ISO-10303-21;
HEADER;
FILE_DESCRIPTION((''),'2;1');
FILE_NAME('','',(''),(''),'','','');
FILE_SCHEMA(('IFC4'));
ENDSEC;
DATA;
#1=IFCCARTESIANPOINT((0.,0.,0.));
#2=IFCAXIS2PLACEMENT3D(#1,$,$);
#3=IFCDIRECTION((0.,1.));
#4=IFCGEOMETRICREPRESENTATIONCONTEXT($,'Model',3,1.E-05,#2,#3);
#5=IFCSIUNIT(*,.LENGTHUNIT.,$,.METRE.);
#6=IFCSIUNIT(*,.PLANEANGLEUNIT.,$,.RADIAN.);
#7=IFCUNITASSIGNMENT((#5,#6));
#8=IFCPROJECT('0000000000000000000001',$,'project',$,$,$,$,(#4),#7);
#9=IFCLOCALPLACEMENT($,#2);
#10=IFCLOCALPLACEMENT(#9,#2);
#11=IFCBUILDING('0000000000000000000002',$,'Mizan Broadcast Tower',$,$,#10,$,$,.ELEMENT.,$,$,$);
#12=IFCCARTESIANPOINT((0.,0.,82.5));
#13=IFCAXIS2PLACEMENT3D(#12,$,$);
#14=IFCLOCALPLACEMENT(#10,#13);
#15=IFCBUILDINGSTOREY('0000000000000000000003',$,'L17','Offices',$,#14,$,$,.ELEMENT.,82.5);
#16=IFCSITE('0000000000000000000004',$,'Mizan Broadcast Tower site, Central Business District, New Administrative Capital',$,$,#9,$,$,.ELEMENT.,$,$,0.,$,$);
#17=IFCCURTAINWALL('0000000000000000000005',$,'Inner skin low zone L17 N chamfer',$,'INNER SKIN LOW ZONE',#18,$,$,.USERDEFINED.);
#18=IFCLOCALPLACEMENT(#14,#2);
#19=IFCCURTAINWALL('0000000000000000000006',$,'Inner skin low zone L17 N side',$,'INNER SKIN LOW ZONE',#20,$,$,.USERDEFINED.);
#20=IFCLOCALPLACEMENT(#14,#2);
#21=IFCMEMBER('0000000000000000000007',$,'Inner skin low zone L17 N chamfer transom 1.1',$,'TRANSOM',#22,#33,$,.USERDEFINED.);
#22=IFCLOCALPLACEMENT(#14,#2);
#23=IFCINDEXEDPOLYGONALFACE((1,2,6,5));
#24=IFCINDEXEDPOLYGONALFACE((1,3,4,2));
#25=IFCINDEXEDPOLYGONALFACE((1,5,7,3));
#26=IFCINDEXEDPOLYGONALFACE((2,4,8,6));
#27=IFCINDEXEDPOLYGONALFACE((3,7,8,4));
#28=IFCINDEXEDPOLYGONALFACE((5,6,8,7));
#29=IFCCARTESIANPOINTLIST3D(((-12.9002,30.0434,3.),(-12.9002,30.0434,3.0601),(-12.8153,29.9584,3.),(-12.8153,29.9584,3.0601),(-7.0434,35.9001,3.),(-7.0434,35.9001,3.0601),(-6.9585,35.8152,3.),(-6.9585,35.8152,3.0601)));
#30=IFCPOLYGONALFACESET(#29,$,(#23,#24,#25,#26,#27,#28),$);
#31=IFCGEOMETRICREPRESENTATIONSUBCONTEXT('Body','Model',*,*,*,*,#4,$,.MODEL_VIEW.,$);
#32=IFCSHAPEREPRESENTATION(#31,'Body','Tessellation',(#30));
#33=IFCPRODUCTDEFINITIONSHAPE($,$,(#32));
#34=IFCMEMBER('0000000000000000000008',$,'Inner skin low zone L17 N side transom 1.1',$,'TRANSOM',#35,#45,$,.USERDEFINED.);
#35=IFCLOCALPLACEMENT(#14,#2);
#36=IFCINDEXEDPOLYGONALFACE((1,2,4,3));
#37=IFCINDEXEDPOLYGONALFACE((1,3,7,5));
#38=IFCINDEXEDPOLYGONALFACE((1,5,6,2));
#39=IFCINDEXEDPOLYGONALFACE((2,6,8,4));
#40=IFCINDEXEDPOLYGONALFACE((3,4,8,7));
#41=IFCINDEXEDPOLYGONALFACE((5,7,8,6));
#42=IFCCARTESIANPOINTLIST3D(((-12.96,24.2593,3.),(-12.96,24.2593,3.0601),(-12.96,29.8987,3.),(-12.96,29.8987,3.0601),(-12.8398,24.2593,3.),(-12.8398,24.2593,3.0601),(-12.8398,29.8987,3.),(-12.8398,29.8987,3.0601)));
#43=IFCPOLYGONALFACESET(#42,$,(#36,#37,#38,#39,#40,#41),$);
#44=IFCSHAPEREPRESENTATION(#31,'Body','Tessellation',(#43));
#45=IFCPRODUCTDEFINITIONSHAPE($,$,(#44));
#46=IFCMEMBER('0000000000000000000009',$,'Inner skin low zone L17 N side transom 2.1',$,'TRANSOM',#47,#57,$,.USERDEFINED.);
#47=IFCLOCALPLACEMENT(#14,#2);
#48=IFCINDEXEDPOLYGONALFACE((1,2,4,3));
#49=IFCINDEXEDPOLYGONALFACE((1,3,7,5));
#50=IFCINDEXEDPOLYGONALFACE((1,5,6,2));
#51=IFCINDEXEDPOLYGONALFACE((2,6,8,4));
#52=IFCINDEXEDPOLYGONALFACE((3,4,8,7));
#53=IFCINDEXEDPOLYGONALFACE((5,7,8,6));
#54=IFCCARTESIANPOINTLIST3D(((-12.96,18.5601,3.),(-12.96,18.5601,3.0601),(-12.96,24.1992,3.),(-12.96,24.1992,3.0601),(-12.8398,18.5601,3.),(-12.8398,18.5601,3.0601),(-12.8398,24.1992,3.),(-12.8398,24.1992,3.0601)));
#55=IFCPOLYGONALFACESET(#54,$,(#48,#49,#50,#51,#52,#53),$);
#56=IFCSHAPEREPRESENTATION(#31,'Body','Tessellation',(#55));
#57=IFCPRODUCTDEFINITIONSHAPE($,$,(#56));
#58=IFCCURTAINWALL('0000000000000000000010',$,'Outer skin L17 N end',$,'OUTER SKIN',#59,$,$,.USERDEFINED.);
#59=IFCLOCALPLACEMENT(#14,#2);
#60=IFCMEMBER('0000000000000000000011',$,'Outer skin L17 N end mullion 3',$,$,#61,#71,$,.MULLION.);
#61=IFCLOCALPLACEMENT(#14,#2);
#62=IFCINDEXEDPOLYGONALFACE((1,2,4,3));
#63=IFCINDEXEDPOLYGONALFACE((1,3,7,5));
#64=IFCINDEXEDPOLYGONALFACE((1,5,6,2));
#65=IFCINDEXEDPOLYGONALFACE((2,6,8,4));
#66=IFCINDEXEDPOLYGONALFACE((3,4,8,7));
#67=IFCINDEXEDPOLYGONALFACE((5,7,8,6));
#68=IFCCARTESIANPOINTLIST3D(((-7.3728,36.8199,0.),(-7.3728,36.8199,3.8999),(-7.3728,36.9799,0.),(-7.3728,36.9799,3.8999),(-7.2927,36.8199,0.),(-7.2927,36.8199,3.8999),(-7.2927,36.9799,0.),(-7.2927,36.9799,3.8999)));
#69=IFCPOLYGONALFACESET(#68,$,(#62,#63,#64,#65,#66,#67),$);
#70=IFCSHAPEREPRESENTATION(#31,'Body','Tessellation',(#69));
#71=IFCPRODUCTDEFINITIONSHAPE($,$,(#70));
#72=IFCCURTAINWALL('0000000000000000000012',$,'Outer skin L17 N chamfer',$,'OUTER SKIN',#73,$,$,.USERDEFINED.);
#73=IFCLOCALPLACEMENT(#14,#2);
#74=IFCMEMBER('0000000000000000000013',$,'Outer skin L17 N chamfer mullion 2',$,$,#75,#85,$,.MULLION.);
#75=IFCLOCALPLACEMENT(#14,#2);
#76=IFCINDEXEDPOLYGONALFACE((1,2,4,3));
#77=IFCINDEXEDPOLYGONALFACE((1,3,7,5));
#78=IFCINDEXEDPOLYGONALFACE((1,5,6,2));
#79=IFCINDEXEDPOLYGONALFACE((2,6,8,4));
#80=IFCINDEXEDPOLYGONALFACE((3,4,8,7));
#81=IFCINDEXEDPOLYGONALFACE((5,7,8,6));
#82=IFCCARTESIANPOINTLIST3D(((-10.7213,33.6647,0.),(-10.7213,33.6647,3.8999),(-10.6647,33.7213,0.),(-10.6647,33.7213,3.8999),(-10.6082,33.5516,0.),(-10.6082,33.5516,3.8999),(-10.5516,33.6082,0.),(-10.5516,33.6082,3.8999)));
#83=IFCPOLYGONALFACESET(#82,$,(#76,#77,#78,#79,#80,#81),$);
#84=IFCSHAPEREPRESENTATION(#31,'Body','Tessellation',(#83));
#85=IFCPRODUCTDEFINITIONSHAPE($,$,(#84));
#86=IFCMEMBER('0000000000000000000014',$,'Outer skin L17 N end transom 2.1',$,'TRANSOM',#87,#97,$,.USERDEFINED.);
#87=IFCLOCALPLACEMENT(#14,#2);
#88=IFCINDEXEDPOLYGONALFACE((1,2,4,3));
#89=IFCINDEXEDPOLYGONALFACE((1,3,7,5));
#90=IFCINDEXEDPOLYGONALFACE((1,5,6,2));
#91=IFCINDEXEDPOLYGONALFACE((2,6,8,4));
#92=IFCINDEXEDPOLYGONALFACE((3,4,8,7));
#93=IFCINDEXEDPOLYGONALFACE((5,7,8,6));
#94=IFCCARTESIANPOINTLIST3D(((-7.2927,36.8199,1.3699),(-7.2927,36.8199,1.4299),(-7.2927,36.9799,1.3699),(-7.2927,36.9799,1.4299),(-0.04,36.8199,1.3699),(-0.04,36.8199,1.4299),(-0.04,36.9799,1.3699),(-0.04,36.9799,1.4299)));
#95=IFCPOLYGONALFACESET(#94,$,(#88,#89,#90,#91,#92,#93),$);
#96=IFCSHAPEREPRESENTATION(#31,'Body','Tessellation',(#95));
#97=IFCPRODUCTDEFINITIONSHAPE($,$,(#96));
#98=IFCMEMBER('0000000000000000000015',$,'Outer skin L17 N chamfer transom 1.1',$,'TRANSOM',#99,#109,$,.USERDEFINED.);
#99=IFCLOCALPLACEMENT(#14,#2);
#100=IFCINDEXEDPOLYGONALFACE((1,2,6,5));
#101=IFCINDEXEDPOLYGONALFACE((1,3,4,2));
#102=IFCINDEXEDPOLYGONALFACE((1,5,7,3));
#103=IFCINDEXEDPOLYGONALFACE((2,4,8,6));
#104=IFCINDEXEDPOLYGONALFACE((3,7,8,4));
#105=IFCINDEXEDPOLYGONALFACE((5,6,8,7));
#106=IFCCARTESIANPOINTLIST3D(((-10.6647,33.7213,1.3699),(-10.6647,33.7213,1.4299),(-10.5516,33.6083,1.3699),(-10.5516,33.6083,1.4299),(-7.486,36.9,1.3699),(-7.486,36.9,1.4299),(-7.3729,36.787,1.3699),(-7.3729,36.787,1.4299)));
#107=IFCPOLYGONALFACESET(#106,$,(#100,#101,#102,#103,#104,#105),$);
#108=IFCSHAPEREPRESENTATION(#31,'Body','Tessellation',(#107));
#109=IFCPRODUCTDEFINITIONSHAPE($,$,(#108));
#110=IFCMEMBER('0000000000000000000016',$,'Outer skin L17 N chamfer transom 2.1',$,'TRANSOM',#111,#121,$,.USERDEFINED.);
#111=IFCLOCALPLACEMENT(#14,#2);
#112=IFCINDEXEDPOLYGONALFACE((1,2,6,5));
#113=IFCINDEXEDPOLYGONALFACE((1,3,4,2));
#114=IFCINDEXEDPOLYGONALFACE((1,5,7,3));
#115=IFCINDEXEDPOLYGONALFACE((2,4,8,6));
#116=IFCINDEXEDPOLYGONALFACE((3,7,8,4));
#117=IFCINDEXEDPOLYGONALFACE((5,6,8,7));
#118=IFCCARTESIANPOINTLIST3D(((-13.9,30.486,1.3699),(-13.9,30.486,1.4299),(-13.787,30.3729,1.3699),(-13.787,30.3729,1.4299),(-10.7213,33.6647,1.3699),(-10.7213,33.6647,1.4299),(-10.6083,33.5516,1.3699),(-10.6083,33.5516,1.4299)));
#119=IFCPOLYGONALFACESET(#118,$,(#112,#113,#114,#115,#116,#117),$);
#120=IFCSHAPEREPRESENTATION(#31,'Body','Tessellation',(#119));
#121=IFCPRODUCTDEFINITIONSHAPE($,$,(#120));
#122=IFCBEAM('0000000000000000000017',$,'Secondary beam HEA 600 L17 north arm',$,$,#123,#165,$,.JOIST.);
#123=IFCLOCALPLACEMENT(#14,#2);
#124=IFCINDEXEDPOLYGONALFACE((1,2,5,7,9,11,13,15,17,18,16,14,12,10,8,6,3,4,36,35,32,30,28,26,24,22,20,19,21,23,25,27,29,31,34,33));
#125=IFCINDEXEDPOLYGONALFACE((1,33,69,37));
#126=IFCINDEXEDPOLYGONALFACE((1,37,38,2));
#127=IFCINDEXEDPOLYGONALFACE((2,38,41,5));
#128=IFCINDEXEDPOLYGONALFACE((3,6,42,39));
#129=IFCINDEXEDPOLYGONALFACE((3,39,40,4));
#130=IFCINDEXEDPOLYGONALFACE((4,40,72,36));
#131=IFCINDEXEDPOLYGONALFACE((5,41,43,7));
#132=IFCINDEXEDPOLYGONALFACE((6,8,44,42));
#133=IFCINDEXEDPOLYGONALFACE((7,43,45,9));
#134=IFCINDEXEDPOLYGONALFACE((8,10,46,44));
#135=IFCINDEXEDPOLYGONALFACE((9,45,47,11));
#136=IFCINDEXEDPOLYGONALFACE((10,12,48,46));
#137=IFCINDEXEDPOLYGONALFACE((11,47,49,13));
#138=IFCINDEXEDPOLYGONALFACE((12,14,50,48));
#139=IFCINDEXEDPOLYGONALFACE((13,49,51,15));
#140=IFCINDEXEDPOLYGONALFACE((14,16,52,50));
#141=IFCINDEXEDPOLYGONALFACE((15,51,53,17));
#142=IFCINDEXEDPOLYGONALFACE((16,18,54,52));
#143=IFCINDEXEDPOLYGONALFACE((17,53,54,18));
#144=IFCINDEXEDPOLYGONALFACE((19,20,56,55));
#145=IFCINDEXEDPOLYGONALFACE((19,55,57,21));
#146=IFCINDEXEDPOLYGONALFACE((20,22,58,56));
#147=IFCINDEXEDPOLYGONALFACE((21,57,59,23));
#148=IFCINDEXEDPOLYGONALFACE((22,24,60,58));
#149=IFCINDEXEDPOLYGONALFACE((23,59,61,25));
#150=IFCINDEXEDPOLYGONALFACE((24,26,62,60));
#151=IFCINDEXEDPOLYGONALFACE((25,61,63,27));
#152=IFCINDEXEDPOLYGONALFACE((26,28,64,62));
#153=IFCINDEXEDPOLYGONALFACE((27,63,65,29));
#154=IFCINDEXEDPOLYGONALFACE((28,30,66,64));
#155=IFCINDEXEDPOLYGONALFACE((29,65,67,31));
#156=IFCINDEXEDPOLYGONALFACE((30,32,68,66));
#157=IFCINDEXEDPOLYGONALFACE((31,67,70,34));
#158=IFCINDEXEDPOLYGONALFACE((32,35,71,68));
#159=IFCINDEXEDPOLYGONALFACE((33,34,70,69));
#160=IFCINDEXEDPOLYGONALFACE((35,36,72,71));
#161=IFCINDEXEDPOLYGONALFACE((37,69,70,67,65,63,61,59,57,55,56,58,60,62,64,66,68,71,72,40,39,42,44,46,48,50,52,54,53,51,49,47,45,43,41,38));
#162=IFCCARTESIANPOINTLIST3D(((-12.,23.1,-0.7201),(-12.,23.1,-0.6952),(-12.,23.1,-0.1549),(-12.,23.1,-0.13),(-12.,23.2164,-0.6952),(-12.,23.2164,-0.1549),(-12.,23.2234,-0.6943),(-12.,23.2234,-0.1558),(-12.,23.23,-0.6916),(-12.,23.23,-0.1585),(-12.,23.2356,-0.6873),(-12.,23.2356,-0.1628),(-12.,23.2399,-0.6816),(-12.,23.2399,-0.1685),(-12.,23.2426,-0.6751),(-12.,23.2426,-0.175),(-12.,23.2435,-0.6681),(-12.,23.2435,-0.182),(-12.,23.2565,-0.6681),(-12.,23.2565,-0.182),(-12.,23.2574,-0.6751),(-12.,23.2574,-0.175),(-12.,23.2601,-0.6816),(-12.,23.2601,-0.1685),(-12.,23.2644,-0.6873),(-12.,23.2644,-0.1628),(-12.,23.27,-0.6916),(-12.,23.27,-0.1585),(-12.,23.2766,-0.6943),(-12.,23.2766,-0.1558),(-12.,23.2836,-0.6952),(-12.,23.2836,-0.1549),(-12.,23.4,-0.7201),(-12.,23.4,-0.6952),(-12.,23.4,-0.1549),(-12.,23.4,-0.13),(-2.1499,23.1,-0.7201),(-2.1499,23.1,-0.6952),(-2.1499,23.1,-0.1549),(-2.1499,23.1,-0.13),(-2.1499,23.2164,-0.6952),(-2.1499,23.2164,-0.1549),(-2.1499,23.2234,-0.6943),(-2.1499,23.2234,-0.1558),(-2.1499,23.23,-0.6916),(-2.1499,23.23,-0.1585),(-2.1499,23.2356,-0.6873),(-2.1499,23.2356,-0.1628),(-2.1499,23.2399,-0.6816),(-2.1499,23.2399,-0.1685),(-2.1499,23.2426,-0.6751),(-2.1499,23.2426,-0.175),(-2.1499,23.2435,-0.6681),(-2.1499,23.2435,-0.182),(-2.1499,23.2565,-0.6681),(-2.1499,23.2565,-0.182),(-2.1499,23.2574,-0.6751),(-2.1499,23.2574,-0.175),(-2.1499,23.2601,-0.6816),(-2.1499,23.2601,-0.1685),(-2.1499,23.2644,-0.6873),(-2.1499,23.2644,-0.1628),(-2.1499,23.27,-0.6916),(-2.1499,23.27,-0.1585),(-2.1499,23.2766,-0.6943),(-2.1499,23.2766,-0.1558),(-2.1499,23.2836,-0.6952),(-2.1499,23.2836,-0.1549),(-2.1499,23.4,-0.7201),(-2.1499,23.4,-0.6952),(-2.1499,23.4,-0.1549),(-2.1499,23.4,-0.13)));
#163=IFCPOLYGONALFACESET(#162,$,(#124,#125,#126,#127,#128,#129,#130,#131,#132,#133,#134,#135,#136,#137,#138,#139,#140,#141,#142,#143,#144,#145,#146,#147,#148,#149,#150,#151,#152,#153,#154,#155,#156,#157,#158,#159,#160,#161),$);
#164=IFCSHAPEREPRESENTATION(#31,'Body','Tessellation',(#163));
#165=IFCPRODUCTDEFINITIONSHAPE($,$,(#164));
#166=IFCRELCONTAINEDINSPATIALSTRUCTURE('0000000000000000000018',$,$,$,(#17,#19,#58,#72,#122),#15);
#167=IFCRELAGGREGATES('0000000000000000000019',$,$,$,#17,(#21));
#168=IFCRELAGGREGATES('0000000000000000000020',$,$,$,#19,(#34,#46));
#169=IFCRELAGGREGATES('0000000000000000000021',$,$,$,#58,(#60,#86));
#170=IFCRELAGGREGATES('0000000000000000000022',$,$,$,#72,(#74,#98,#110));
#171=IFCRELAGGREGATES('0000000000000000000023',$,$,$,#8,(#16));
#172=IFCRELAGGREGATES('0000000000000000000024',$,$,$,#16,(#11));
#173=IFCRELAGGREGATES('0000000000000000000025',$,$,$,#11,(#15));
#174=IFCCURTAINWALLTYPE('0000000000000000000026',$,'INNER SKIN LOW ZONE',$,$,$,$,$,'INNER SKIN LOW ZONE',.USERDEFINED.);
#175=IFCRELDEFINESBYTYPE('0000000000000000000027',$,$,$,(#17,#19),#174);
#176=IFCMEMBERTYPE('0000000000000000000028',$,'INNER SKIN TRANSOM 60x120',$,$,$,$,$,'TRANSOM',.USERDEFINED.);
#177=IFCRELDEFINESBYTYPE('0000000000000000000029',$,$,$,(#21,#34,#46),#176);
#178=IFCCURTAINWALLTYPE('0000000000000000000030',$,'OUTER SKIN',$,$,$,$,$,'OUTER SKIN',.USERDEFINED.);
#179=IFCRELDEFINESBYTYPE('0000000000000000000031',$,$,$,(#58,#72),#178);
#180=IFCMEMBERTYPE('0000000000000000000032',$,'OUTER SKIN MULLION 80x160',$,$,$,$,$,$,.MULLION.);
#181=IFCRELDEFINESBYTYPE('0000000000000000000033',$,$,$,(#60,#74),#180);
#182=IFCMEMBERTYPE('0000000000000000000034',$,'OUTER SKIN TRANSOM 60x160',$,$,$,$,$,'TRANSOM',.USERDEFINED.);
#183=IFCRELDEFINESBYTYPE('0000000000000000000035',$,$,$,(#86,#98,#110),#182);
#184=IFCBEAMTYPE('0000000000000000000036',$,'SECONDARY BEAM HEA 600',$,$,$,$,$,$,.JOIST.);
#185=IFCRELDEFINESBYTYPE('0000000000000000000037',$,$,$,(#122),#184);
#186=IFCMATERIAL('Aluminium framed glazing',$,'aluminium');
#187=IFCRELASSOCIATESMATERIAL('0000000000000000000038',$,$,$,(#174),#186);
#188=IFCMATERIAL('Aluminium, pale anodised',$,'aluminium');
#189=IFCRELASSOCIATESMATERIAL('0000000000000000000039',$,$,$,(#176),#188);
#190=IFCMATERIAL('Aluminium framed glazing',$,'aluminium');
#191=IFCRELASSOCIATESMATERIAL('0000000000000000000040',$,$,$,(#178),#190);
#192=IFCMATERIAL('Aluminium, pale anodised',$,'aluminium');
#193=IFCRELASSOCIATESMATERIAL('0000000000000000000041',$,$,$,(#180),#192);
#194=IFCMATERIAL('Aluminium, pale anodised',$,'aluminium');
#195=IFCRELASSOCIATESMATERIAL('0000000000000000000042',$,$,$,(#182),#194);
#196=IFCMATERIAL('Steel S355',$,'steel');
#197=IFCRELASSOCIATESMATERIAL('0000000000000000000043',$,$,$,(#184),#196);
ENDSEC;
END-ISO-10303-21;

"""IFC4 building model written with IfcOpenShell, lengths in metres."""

from ifc_helpers import new_model, si_unit, direction, frame, origin, origin_2d, place, context, subcontext, project, spatial, rectangle, i_section, extrude, material, material_profile, profile_set, type_object, element, aggregate, save


model = new_model("IFC4")

# Units and contexts
model_context = context("Model", 3, precision=1e-05, world=origin(), true_north=direction((0.0, 1.0)))
body_context = subcontext(model_context, "Body", "Model", "MODEL_VIEW")
ifc_project = project(units=[si_unit("LENGTHUNIT", "METRE"), si_unit("PLANEANGLEUNIT", "RADIAN")], contexts=[model_context])

# Site, building, storey
site_placement = place(None, origin())
site = spatial("IfcSite", under=ifc_project, at=site_placement, Name="Mizan Broadcast Tower site, Central Business District, New Administrative Capital", CompositionType="ELEMENT", RefElevation=0.0)
building_placement = place(site_placement, origin())
building = spatial("IfcBuilding", under=site, at=building_placement, Name="Mizan Broadcast Tower", CompositionType="ELEMENT")
storey_placement = place(building_placement, frame((0.0, 0.0, 82.5)))
storey = spatial("IfcBuildingStorey", under=building, at=storey_placement, Name="L17", Description="Offices", CompositionType="ELEMENT", Elevation=82.5)

# Curtain walls
ifc_material_1 = material(Name="Aluminium framed glazing", Category="aluminium")
curtain_wall_type_1 = type_object("IfcCurtainWallType", Name="INNER SKIN LOW ZONE", ElementType="INNER SKIN LOW ZONE", PredefinedType="USERDEFINED", material=ifc_material_1)
curtain_wall_1_placement = place(storey_placement, origin())
curtain_wall_1 = element("IfcCurtainWall", 1, at=curtain_wall_1_placement, inside=storey, type_object=curtain_wall_type_1, Name="Inner skin low zone L17 N chamfer", ObjectType="INNER SKIN LOW ZONE", PredefinedType="USERDEFINED")
curtain_wall_2_placement = place(storey_placement, origin())
curtain_wall_2 = element("IfcCurtainWall", 2, at=curtain_wall_2_placement, inside=storey, type_object=curtain_wall_type_1, Name="Inner skin low zone L17 N side", ObjectType="INNER SKIN LOW ZONE", PredefinedType="USERDEFINED")

# Members
ifc_material_2 = material(Name="Aluminium, pale anodised", Category="aluminium")
ifc_material_profile_1 = material_profile(ifc_material_2, rectangle(XDim=0.1201, YDim=0.0601, at=origin_2d()), Name="TRANSOM 120x60")
ifc_profile_set_1 = profile_set([ifc_material_profile_1], Name="Aluminium, pale anodised")
member_type_1 = type_object("IfcMemberType", Name="INNER SKIN TRANSOM 60x120", ElementType="TRANSOM", PredefinedType="USERDEFINED", material=ifc_profile_set_1)
member_1_placement = place(storey_placement, frame((-7.001, 35.8577, 3.03), z_axis=(-0.707107, -0.707107, 0.0), x_axis=(0.707107, -0.707107, 0.0)))
member_1 = element("IfcMember", 3, at=member_1_placement, type_object=member_type_1, Name="Inner skin low zone L17 N chamfer transom 1.1", ObjectType="TRANSOM", PredefinedType="USERDEFINED", context=body_context, shape_type="SweptSolid", body=[
    extrude(rectangle(XDim=0.1201, YDim=0.0601, at=origin_2d()), origin(), (0.0, 0.0, 1.0), 8.2827),
])
member_2_placement = place(storey_placement, frame((-12.8999, 29.8987, 3.03), z_axis=(0.0, -1.0, 0.0), x_axis=(1.0, 0.0, 0.0)))
member_2 = element("IfcMember", 4, at=member_2_placement, type_object=member_type_1, Name="Inner skin low zone L17 N side transom 1.1", ObjectType="TRANSOM", PredefinedType="USERDEFINED", context=body_context, shape_type="SweptSolid", body=[
    extrude(rectangle(XDim=0.1201, YDim=0.0601, at=origin_2d()), origin(), (0.0, 0.0, 1.0), 5.6394),
])
member_3_placement = place(storey_placement, frame((-12.8999, 24.1992, 3.03), z_axis=(0.0, -1.0, 0.0), x_axis=(1.0, 0.0, 0.0)))
member_3 = element("IfcMember", 5, at=member_3_placement, type_object=member_type_1, Name="Inner skin low zone L17 N side transom 2.1", ObjectType="TRANSOM", PredefinedType="USERDEFINED", context=body_context, shape_type="SweptSolid", body=[
    extrude(rectangle(XDim=0.1201, YDim=0.0601, at=origin_2d()), origin(), (0.0, 0.0, 1.0), 5.6392),
])

# Curtain walls, members
ifc_material_3 = material(Name="Aluminium framed glazing", Category="aluminium")
curtain_wall_type_2 = type_object("IfcCurtainWallType", Name="OUTER SKIN", ElementType="OUTER SKIN", PredefinedType="USERDEFINED", material=ifc_material_3)
curtain_wall_3_placement = place(storey_placement, origin())
curtain_wall_3 = element("IfcCurtainWall", 6, at=curtain_wall_3_placement, inside=storey, type_object=curtain_wall_type_2, Name="Outer skin L17 N end", ObjectType="OUTER SKIN", PredefinedType="USERDEFINED")
ifc_material_4 = material(Name="Aluminium, pale anodised", Category="aluminium")
ifc_material_profile_2 = material_profile(ifc_material_4, rectangle(XDim=0.1599, YDim=0.0801, at=origin_2d()), Name="MULLION 160x80")
ifc_profile_set_2 = profile_set([ifc_material_profile_2], Name="Aluminium, pale anodised")
member_type_2 = type_object("IfcMemberType", Name="OUTER SKIN MULLION 80x160", PredefinedType="MULLION", material=ifc_profile_set_2)
member_4_placement = place(storey_placement, frame((-7.3328, 36.8999, 0.0), z_axis=(0.0, 0.0, 1.0), x_axis=(0.0, -1.0, 0.0)))
member_4 = element("IfcMember", 7, at=member_4_placement, type_object=member_type_2, Name="Outer skin L17 N end mullion 3", PredefinedType="MULLION", context=body_context, shape_type="SweptSolid", body=[
    extrude(rectangle(XDim=0.1599, YDim=0.0801, at=origin_2d()), origin(), (0.0, 0.0, 1.0), 3.8999),
])
curtain_wall_4_placement = place(storey_placement, origin())
curtain_wall_4 = element("IfcCurtainWall", 8, at=curtain_wall_4_placement, inside=storey, type_object=curtain_wall_type_2, Name="Outer skin L17 N chamfer", ObjectType="OUTER SKIN", PredefinedType="USERDEFINED")
member_5_placement = place(storey_placement, frame((-10.6365, 33.6365, 0.0), z_axis=(0.0, 0.0, 1.0), x_axis=(0.707107, -0.707107, 0.0)))
member_5 = element("IfcMember", 9, at=member_5_placement, type_object=member_type_2, Name="Outer skin L17 N chamfer mullion 2", PredefinedType="MULLION", context=body_context, shape_type="SweptSolid", body=[
    extrude(rectangle(XDim=0.1599, YDim=0.0801, at=origin_2d()), origin(), (0.0, 0.0, 1.0), 3.8999),
])

# Members
ifc_material_5 = material(Name="Aluminium, pale anodised", Category="aluminium")
ifc_material_profile_3 = material_profile(ifc_material_5, rectangle(XDim=0.1599, YDim=0.0601, at=origin_2d()), Name="TRANSOM 160x60")
ifc_profile_set_3 = profile_set([ifc_material_profile_3], Name="Aluminium, pale anodised")
member_type_3 = type_object("IfcMemberType", Name="OUTER SKIN TRANSOM 60x160", ElementType="TRANSOM", PredefinedType="USERDEFINED", material=ifc_profile_set_3)
member_6_placement = place(storey_placement, frame((-0.04, 36.8999, 1.3999), z_axis=(-1.0, 0.0, 0.0), x_axis=(0.0, -1.0, 0.0)))
member_6 = element("IfcMember", 10, at=member_6_placement, type_object=member_type_3, Name="Outer skin L17 N end transom 2.1", ObjectType="TRANSOM", PredefinedType="USERDEFINED", context=body_context, shape_type="SweptSolid", body=[
    extrude(rectangle(XDim=0.1599, YDim=0.0601, at=origin_2d()), origin(), (0.0, 0.0, 1.0), 7.2527),
])
member_7_placement = place(storey_placement, frame((-7.4294, 36.8435, 1.3999), z_axis=(-0.707107, -0.707107, 0.0), x_axis=(0.707107, -0.707107, 0.0)))
member_7 = element("IfcMember", 11, at=member_7_placement, type_object=member_type_3, Name="Outer skin L17 N chamfer transom 1.1", ObjectType="TRANSOM", PredefinedType="USERDEFINED", context=body_context, shape_type="SweptSolid", body=[
    extrude(rectangle(XDim=0.1599, YDim=0.0601, at=origin_2d()), origin(), (0.0, 0.0, 1.0), 4.4954),
])
member_8_placement = place(storey_placement, frame((-10.6648, 33.6082, 1.3999), z_axis=(-0.707107, -0.707107, 0.0), x_axis=(0.707107, -0.707107, 0.0)))
member_8 = element("IfcMember", 12, at=member_8_placement, type_object=member_type_3, Name="Outer skin L17 N chamfer transom 2.1", ObjectType="TRANSOM", PredefinedType="USERDEFINED", context=body_context, shape_type="SweptSolid", body=[
    extrude(rectangle(XDim=0.1599, YDim=0.0601, at=origin_2d()), origin(), (0.0, 0.0, 1.0), 4.4954),
])

# Beam
ifc_material_6 = material(Name="Steel S355", Category="steel")
ifc_material_profile_4 = material_profile(ifc_material_6, i_section(OverallWidth=0.3, OverallDepth=0.5901, WebThickness=0.0129, FlangeThickness=0.0249, FilletRadius=0.0271, at=origin_2d()), Name="HEA 600")
ifc_profile_set_4 = profile_set([ifc_material_profile_4], Name="Steel S355")
beam_type_1 = type_object("IfcBeamType", Name="SECONDARY BEAM HEA 600", PredefinedType="JOIST", material=ifc_profile_set_4)
beam_1_placement = place(storey_placement, frame((-12.0, 23.25, -0.425), z_axis=(1.0, 0.0, 0.0), x_axis=(0.0, 1.0, 0.0)))
element("IfcBeam", 13, at=beam_1_placement, inside=storey, type_object=beam_type_1, Name="Secondary beam HEA 600 L17 north arm", PredefinedType="JOIST", context=body_context, shape_type="SweptSolid", body=[
    extrude(i_section(OverallWidth=0.3, OverallDepth=0.5901, WebThickness=0.0129, FlangeThickness=0.0249, FilletRadius=0.0271, at=origin_2d()), origin(), (0.0, 0.0, 1.0), 9.8501),
])

aggregate(curtain_wall_1, [member_1])
aggregate(curtain_wall_2, [member_2, member_3])
aggregate(curtain_wall_3, [member_4, member_6])
aggregate(curtain_wall_4, [member_5, member_7, member_8])

save(model, "model.ifc")
